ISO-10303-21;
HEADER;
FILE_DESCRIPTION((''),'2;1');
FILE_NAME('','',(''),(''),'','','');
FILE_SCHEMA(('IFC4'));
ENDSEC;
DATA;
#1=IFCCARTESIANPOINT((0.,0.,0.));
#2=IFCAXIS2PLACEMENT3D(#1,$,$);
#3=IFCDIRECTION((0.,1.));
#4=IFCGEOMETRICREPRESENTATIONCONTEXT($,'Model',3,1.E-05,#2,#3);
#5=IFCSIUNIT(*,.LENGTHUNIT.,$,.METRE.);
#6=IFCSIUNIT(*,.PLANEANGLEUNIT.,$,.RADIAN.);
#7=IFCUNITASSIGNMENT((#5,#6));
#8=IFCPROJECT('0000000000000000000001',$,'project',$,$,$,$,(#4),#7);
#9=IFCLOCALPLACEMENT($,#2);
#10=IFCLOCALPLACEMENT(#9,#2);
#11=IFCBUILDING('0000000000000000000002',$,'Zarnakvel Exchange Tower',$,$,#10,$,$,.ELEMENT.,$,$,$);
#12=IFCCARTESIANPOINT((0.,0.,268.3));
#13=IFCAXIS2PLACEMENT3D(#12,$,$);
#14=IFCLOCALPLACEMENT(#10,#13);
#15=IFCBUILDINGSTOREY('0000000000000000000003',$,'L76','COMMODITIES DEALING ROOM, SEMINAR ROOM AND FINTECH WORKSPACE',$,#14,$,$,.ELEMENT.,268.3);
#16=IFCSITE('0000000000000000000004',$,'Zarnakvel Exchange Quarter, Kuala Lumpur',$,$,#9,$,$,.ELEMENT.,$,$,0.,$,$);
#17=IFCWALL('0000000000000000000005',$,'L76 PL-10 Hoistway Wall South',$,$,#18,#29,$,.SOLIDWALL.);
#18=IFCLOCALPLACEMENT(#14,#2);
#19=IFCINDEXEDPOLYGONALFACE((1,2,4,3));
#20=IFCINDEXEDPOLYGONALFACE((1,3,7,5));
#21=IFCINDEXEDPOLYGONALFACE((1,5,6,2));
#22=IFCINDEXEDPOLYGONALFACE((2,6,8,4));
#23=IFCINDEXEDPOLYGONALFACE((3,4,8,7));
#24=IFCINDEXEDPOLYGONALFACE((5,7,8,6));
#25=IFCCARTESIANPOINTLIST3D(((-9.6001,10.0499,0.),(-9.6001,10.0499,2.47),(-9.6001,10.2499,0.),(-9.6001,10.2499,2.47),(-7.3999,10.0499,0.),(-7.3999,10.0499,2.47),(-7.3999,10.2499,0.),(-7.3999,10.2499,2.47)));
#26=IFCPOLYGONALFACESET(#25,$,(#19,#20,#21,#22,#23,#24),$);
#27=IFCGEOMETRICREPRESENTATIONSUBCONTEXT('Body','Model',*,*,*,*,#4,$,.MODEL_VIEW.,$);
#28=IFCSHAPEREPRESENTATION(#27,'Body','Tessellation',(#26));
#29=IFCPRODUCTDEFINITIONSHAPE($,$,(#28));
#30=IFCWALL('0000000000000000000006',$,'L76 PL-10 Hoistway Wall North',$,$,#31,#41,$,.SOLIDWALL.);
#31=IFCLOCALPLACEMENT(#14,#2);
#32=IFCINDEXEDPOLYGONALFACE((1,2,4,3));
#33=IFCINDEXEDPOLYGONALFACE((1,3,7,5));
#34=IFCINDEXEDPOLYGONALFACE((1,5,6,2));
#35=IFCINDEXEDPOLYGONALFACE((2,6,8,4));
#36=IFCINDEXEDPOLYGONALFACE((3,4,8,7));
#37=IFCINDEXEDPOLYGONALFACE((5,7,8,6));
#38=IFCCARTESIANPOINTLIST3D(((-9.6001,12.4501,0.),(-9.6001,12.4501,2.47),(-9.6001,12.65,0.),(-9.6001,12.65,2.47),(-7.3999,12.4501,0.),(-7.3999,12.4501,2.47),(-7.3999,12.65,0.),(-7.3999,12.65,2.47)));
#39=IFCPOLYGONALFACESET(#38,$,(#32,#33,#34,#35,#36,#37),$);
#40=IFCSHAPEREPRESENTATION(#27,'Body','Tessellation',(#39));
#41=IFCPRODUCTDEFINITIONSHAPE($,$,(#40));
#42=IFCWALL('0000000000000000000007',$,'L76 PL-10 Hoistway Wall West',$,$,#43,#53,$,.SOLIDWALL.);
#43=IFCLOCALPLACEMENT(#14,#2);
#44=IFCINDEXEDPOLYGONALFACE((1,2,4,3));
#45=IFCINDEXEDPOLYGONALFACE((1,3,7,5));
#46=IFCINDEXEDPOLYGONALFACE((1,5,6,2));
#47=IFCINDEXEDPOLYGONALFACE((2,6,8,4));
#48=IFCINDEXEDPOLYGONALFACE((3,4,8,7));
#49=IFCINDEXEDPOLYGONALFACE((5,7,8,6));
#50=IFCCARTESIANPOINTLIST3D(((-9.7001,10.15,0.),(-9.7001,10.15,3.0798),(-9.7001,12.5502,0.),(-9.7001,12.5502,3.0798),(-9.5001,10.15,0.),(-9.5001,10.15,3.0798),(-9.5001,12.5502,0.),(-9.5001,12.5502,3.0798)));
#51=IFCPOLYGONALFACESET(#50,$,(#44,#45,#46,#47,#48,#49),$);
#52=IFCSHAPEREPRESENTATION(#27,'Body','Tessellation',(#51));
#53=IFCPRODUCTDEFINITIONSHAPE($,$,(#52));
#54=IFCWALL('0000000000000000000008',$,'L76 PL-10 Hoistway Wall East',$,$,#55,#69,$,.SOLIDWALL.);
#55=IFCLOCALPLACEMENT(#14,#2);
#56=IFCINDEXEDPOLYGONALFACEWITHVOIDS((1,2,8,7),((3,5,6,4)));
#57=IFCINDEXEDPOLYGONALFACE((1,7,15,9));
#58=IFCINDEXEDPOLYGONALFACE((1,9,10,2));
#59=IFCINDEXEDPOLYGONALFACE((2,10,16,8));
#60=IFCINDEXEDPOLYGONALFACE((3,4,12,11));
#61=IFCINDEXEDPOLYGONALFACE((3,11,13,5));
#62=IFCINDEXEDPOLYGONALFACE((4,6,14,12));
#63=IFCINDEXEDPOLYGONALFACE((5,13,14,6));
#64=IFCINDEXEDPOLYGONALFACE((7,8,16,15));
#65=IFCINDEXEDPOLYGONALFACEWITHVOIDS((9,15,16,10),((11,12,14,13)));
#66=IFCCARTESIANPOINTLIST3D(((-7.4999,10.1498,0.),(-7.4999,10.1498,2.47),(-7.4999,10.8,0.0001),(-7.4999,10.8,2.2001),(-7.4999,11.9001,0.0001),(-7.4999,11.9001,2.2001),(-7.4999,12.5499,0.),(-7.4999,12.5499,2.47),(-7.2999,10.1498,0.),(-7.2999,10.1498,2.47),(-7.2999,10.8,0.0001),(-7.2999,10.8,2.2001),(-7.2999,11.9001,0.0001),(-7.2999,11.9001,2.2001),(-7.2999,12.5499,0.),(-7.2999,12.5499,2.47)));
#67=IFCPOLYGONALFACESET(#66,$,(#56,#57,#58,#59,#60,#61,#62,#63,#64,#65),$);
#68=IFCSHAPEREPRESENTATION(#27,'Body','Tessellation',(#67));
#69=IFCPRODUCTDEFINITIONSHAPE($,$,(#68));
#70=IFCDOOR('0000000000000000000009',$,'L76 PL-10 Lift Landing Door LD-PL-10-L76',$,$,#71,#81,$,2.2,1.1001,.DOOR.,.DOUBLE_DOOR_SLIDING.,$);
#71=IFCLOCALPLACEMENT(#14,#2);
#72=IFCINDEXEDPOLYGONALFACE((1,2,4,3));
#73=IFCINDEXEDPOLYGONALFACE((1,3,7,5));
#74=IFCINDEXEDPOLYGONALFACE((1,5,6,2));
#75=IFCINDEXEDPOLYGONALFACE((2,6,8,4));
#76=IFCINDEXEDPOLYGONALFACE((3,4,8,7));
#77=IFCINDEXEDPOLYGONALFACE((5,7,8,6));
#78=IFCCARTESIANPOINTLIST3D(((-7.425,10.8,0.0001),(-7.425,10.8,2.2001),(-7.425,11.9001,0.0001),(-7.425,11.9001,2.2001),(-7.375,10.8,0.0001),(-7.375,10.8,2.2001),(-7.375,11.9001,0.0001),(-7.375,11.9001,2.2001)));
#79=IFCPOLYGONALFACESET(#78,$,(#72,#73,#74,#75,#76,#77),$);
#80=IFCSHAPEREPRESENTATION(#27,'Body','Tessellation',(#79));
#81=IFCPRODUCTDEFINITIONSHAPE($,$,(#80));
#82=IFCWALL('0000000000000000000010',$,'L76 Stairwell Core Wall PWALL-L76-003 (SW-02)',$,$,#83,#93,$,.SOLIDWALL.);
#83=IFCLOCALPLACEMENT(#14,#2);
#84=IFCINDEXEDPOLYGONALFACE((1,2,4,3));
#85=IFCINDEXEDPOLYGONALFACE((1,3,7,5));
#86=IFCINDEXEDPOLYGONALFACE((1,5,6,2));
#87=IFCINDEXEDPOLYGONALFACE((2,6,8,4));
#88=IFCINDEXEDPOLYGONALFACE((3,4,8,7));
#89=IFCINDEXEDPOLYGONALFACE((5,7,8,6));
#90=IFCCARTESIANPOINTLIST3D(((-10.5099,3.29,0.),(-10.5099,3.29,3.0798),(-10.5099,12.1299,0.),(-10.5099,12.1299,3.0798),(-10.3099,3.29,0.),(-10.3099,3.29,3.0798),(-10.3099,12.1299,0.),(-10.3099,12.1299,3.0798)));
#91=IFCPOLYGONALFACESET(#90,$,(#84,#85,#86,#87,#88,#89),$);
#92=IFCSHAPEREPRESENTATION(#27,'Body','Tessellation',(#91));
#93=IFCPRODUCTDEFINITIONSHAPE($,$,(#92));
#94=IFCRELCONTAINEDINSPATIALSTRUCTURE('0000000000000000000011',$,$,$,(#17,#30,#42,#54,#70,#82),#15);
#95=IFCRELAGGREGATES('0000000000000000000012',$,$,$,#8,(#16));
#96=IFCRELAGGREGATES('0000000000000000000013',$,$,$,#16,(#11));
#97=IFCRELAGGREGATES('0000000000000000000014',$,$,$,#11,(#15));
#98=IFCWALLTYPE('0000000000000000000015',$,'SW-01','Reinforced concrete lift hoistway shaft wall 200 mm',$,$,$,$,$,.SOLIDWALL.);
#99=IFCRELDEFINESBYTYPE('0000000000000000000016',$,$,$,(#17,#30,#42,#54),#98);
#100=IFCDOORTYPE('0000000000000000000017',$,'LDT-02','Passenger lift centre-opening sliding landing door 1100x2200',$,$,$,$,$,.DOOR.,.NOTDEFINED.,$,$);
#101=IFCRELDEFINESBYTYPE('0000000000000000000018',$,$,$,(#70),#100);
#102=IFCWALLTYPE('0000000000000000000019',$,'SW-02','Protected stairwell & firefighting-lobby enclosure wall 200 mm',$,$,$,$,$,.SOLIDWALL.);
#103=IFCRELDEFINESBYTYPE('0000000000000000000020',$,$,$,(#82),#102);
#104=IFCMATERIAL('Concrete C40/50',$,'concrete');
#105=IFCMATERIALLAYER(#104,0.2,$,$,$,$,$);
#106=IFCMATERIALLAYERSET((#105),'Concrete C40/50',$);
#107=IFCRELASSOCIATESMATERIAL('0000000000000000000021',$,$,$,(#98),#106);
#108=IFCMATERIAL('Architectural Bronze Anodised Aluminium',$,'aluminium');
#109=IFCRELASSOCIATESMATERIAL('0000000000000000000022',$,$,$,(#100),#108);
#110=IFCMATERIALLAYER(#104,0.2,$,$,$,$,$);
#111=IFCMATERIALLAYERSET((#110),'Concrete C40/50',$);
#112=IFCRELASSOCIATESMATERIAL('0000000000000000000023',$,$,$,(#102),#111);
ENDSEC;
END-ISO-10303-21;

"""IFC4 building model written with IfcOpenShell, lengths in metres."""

from ifc_helpers import new_model, si_unit, direction, frame, frame_2d, origin, place, context, subcontext, project, spatial, rectangle, extrude, source, transform, mapped, material, layer, layer_set, type_object, element, fill, save


model = new_model("IFC4")

# Units and contexts
model_context = context("Model", 3, precision=1e-05, world=origin(), true_north=direction((0.0, 1.0)))
body_context = subcontext(model_context, "Body", "Model", "MODEL_VIEW")
ifc_project = project(units=[si_unit("LENGTHUNIT", "METRE"), si_unit("PLANEANGLEUNIT", "RADIAN")], contexts=[model_context])

# Site, building, storey
site_placement = place(None, origin())
site = spatial("IfcSite", under=ifc_project, at=site_placement, Name="Zarnakvel Exchange Quarter, Kuala Lumpur", CompositionType="ELEMENT", RefElevation=0.0)
building_placement = place(site_placement, origin())
building = spatial("IfcBuilding", under=site, at=building_placement, Name="Zarnakvel Exchange Tower", CompositionType="ELEMENT")
storey_placement = place(building_placement, frame((0.0, 0.0, 268.3)))
storey = spatial("IfcBuildingStorey", under=building, at=storey_placement, Name="L76", Description="COMMODITIES DEALING ROOM, SEMINAR ROOM AND FINTECH WORKSPACE", CompositionType="ELEMENT", Elevation=268.3)

# Shared definitions
ifc_material_1 = material(Name="Architectural Bronze Anodised Aluminium", Category="aluminium")

# Shared definitions
ifc_material_2 = material(Name="Concrete C40/50", Category="concrete")
ifc_layer_1 = layer(ifc_material_2, 0.2)
ifc_layer_set_1 = layer_set([ifc_layer_1], Name="Concrete C40/50")
wall_type_1 = type_object("IfcWallType", Name="SW-01", Description="Reinforced concrete lift hoistway shaft wall 200 mm", PredefinedType="SOLIDWALL", material=ifc_layer_set_1)

# Shared definitions
door_type = type_object("IfcDoorType", Name="LDT-02", Description="Passenger lift centre-opening sliding landing door 1100x2200", OperationType="NOTDEFINED", PredefinedType="DOOR", material=ifc_material_1)
shared_shape_1 = source(origin(), body_context, "Body", "SweptSolid", [
    extrude(rectangle(XDim=1.1001, YDim=2.2, at=frame_2d((0.55, 1.1001))), frame((0.0, 0.0249, 0.0), z_axis=(0.0, -1.0, 0.0), x_axis=(1.0, 0.0, 0.0)), (0.0, 0.0, 1.0), 0.05),
])

# Walls
for number, where, z_axis, x_axis, name in (
    (1, (-7.3999, 10.1499, 0.0), (0.0, 0.0, 1.0), (-1.0, 0.0, 0.0), "L76 PL-10 Hoistway Wall South"),
    (2, (-9.6001, 12.55, 0.0), (0.0, 0.0, 1.0), (1.0, 0.0, 0.0), "L76 PL-10 Hoistway Wall North"),
):
    element("IfcWall", number, at=place(storey_placement, frame(where, z_axis=z_axis, x_axis=x_axis)), inside=storey, type_object=wall_type_1, Name=name, PredefinedType="SOLIDWALL", context=body_context, shape_type="SweptSolid", body=[
        extrude(rectangle(XDim=2.2002, YDim=0.2, at=frame_2d((1.1001, 0.0))), origin(), (0.0, 0.0, 1.0), 2.47),
    ])
wall_1_placement = place(storey_placement, frame((-9.6001, 10.1499, 0.0), z_axis=(0.0, 0.0, 1.0), x_axis=(0.0, 1.0, 0.0)))
element("IfcWall", 3, at=wall_1_placement, inside=storey, type_object=wall_type_1, Name="L76 PL-10 Hoistway Wall West", PredefinedType="SOLIDWALL", context=body_context, shape_type="SweptSolid", body=[
    extrude(rectangle(XDim=2.4001, YDim=0.2, at=frame_2d((1.2002, 0.0))), origin(), (0.0, 0.0, 1.0), 3.0798),
])

# Wall, opening, door
wall_2_placement = place(storey_placement, frame((-7.3999, 12.55, 0.0), z_axis=(0.0, 0.0, 1.0), x_axis=(0.0, -1.0, 0.0)))
wall_2 = element("IfcWall", 4, at=wall_2_placement, inside=storey, type_object=wall_type_1, Name="L76 PL-10 Hoistway Wall East", PredefinedType="SOLIDWALL", context=body_context, shape_type="SweptSolid", body=[
    extrude(rectangle(XDim=2.4001, YDim=0.2, at=frame_2d((1.2002, 0.0))), origin(), (0.0, 0.0, 1.0), 2.47),
])
opening_1_placement = place(wall_2_placement, frame((0.6499, 0.0, 0.0)))
opening_1 = element("IfcOpeningElement", 5, at=opening_1_placement, cuts=wall_2, PredefinedType="OPENING", context=body_context, shape_type="SweptSolid", body=[
    extrude(rectangle(XDim=1.1001, YDim=2.2, at=frame_2d((0.55, 1.1001))), frame((0.0, 0.1099, 0.0), z_axis=(0.0, -1.0, 0.0), x_axis=(1.0, 0.0, 0.0)), (0.0, 0.0, 1.0), 0.22),
])
door_1_placement = place(opening_1_placement, origin())
door_1 = element("IfcDoor", 6, at=door_1_placement, inside=storey, type_object=door_type, Name="L76 PL-10 Lift Landing Door LD-PL-10-L76", OperationType="DOUBLE_DOOR_SLIDING", OverallHeight=2.2, OverallWidth=1.1001, PredefinedType="DOOR", context=body_context, shape_type="MappedRepresentation", body=[
    mapped(shared_shape_1, transform((0.0, 0.0, 0.0), x_axis=(1.0, 0.0, 0.0), y_axis=(0.0, 1.0, 0.0), z_axis=(0.0, 0.0, 1.0), scale=1.0)),
])
fill(opening_1, door_1)

# Wall
ifc_layer_2 = layer(ifc_material_2, 0.2)
ifc_layer_set_2 = layer_set([ifc_layer_2], Name="Concrete C40/50")
wall_type_2 = type_object("IfcWallType", Name="SW-02", Description="Protected stairwell & firefighting-lobby enclosure wall 200 mm", PredefinedType="SOLIDWALL", material=ifc_layer_set_2)
wall_3_placement = place(storey_placement, frame((-10.4099, 12.1299, 0.0), z_axis=(0.0, 0.0, 1.0), x_axis=(0.0, -1.0, 0.0)))
element("IfcWall", 7, at=wall_3_placement, inside=storey, type_object=wall_type_2, Name="L76 Stairwell Core Wall PWALL-L76-003 (SW-02)", PredefinedType="SOLIDWALL", context=body_context, shape_type="SweptSolid", body=[
    extrude(rectangle(XDim=8.8398, YDim=0.2, at=frame_2d((4.4199, 0.0))), origin(), (0.0, 0.0, 1.0), 3.0798),
])

save(model, "model.ifc")
